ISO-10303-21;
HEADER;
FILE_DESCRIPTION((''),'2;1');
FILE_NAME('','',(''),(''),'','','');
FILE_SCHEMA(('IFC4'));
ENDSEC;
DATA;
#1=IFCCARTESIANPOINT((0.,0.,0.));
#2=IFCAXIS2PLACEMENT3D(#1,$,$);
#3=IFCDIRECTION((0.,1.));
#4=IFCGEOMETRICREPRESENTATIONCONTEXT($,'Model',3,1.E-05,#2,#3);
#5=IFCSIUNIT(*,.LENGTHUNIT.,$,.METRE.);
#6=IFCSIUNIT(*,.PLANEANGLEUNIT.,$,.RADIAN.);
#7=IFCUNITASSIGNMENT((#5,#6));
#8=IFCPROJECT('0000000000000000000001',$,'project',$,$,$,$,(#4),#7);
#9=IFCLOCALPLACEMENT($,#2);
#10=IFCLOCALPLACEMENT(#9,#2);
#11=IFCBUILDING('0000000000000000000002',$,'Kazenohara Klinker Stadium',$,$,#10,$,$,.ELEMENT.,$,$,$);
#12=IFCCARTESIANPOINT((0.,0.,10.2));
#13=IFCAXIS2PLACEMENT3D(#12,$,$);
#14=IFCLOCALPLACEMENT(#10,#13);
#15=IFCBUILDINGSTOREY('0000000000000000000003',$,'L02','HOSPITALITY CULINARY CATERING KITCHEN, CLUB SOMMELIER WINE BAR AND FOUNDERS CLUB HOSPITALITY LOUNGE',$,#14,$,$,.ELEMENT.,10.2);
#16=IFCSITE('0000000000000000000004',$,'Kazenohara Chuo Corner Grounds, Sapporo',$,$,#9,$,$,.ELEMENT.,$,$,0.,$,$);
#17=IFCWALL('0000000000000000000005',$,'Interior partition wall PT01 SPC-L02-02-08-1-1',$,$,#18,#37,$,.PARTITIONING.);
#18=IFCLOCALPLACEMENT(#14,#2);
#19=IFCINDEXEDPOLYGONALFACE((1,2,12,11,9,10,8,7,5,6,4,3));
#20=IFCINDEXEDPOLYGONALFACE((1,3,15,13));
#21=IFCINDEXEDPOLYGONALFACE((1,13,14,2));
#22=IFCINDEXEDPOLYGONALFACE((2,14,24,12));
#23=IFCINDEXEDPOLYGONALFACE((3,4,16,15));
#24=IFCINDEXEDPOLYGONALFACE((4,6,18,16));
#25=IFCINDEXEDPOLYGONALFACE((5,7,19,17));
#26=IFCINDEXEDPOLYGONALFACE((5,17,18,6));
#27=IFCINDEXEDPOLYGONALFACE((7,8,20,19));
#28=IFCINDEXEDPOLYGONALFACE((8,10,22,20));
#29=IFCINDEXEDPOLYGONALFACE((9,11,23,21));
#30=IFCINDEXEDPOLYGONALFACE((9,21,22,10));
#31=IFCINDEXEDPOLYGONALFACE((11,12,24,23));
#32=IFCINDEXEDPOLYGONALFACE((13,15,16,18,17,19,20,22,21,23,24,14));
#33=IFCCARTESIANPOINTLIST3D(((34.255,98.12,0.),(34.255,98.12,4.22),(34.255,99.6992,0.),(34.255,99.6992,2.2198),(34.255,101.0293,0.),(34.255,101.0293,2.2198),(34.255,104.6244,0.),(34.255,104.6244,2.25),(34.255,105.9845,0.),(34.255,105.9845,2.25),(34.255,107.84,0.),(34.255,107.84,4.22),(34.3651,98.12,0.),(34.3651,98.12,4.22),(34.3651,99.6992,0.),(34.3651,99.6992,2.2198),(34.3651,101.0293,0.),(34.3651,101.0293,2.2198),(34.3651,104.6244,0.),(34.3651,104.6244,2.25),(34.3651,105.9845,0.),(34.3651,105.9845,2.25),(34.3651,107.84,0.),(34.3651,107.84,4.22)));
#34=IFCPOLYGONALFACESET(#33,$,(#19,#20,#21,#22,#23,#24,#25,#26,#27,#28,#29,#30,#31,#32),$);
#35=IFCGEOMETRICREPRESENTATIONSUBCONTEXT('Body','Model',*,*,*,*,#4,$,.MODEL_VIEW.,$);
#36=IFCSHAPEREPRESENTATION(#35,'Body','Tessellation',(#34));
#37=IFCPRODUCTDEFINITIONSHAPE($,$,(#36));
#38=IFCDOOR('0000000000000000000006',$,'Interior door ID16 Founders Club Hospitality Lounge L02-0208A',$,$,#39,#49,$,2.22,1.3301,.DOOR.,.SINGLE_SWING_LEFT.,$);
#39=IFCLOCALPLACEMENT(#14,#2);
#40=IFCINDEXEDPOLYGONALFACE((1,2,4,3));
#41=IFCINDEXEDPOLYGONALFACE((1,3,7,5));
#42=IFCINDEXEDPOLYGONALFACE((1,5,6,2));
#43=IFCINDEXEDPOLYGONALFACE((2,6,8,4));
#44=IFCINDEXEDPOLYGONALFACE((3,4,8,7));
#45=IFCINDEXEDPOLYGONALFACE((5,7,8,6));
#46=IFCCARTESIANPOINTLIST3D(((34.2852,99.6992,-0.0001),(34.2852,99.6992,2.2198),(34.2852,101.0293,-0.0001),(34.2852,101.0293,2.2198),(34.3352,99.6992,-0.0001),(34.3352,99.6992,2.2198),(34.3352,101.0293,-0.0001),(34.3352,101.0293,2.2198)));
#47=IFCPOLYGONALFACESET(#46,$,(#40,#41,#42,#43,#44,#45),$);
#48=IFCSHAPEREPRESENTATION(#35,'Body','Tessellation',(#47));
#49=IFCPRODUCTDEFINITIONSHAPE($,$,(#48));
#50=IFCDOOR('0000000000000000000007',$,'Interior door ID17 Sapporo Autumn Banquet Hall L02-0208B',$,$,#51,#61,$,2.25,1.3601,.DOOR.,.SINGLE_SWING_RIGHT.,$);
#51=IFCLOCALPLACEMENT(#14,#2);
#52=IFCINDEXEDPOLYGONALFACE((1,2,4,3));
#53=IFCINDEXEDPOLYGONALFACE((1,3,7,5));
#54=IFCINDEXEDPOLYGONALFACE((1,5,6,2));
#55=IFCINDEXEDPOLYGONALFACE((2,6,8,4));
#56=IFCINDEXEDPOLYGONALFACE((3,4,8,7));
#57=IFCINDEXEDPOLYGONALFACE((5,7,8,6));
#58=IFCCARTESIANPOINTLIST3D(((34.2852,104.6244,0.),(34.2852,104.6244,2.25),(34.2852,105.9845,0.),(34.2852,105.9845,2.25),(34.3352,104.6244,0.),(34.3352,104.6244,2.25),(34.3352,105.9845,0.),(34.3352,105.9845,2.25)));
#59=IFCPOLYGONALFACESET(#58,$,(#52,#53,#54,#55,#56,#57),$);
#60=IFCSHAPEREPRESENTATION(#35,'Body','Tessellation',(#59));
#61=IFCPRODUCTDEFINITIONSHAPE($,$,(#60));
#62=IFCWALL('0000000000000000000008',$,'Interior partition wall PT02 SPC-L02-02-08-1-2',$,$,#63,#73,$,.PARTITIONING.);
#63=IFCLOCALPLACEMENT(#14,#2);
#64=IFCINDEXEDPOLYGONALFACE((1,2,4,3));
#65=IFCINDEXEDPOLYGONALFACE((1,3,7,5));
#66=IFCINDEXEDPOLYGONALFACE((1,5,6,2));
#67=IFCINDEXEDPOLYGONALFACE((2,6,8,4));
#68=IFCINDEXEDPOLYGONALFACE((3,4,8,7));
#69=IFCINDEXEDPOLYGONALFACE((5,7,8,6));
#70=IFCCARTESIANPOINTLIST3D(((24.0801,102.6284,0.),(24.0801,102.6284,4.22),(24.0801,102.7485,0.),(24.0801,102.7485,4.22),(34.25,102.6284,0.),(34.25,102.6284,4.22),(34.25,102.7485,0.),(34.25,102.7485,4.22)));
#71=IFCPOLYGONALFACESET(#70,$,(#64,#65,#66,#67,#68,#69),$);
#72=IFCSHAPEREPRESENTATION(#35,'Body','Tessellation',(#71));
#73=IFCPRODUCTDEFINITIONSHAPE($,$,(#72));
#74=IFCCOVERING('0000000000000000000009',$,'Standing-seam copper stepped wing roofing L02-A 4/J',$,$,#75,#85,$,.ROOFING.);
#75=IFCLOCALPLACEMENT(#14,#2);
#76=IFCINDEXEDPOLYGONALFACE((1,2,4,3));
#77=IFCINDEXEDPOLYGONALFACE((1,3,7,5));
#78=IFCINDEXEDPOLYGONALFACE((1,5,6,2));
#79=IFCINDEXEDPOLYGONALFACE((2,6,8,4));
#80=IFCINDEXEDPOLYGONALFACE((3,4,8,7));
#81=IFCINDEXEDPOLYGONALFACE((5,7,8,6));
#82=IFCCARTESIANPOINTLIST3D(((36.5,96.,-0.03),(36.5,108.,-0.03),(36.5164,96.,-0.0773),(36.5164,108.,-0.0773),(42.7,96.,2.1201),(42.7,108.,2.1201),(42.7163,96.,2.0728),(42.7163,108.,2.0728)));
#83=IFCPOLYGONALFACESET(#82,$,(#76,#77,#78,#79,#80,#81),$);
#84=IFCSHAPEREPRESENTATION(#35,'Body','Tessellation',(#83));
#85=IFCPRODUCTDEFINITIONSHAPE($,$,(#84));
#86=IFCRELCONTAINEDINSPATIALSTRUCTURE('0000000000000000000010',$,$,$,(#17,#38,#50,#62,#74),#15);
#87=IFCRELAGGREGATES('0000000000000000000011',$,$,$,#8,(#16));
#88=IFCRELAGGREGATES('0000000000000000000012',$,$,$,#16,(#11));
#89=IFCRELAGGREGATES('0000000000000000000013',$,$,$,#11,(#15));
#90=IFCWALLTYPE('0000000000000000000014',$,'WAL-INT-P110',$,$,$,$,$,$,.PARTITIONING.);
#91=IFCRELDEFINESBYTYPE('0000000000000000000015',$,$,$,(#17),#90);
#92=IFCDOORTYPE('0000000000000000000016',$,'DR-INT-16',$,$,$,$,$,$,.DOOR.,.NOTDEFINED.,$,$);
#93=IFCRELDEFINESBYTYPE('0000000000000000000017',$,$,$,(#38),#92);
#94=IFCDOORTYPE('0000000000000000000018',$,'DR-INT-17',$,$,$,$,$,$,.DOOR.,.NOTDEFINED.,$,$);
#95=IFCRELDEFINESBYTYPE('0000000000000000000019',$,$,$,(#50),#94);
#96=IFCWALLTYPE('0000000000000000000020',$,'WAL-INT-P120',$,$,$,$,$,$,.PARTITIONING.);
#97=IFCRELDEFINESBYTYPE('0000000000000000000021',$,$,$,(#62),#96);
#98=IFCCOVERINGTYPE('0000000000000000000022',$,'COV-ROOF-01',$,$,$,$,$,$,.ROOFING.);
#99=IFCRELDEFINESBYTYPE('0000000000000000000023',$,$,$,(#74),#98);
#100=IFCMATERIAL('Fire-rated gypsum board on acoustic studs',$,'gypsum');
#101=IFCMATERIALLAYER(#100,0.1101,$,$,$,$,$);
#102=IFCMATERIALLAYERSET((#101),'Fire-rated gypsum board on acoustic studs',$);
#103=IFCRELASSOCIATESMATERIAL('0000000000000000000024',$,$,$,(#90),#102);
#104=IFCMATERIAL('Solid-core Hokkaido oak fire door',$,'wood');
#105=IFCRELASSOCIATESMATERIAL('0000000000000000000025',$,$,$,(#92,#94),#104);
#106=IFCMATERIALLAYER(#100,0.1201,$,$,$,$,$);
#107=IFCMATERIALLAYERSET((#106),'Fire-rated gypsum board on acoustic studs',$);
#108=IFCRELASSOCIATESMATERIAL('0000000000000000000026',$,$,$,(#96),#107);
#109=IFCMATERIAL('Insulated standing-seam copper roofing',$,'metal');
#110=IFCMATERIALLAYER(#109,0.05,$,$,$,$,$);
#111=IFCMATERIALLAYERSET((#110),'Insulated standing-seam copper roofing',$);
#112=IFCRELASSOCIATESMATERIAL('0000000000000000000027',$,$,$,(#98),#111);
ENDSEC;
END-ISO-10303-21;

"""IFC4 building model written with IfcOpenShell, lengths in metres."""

from ifc_helpers import new_model, si_unit, direction, frame, frame_2d, origin, place, context, subcontext, project, spatial, polyline, rectangle, outline, extrude, material, layer, layer_set, type_object, element, fill, save


model = new_model("IFC4")

# Units and contexts
model_context = context("Model", 3, precision=1e-05, world=origin(), true_north=direction((0.0, 1.0)))
body_context = subcontext(model_context, "Body", "Model", "MODEL_VIEW")
ifc_project = project(units=[si_unit("LENGTHUNIT", "METRE"), si_unit("PLANEANGLEUNIT", "RADIAN")], contexts=[model_context])

# Site, building, storey
site_placement = place(None, origin())
site = spatial("IfcSite", under=ifc_project, at=site_placement, Name="Kazenohara Chuo Corner Grounds, Sapporo", CompositionType="ELEMENT", RefElevation=0.0)
building_placement = place(site_placement, origin())
building = spatial("IfcBuilding", under=site, at=building_placement, Name="Kazenohara Klinker Stadium", CompositionType="ELEMENT")
storey_placement = place(building_placement, frame((0.0, 0.0, 10.2)))
storey = spatial("IfcBuildingStorey", under=building, at=storey_placement, Name="L02", Description="HOSPITALITY CULINARY CATERING KITCHEN, CLUB SOMMELIER WINE BAR AND FOUNDERS CLUB HOSPITALITY LOUNGE", CompositionType="ELEMENT", Elevation=10.2)

# Wall, openings, doors
ifc_material_1 = material(Name="Fire-rated gypsum board on acoustic studs", Category="gypsum")
ifc_layer_1 = layer(ifc_material_1, 0.1101)
ifc_layer_set_1 = layer_set([ifc_layer_1], Name="Fire-rated gypsum board on acoustic studs")
wall_type_1 = type_object("IfcWallType", Name="WAL-INT-P110", PredefinedType="PARTITIONING", material=ifc_layer_set_1)
wall_1_placement = place(storey_placement, frame((34.3101, 98.1201, 0.0), z_axis=(0.0, 0.0, 1.0), x_axis=(0.0, 1.0, 0.0)))
wall_1 = element("IfcWall", 1, at=wall_1_placement, inside=storey, type_object=wall_type_1, Name="Interior partition wall PT01 SPC-L02-02-08-1-1", PredefinedType="PARTITIONING", context=body_context, shape_type="SweptSolid", body=[
    extrude(rectangle(XDim=9.72, YDim=0.1101, at=frame_2d((4.8599, 0.0))), origin(), (0.0, 0.0, 1.0), 4.22),
])
opening_1_placement = place(wall_1_placement, frame((1.5791, 0.0, 0.0)))
opening_1 = element("IfcOpeningElement", 2, at=opening_1_placement, cuts=wall_1, PredefinedType="OPENING", context=body_context, shape_type="SweptSolid", body=[
    extrude(rectangle(XDim=1.3301, YDim=2.22, at=frame_2d((0.665, 1.1099))), frame((0.0, 0.0649, 0.0), z_axis=(0.0, -1.0, 0.0), x_axis=(1.0, 0.0, 0.0)), (0.0, 0.0, 1.0), 0.1301),
])
opening_2_placement = place(wall_1_placement, frame((6.5042, 0.0, 0.0)))
opening_2 = element("IfcOpeningElement", 3, at=opening_2_placement, cuts=wall_1, PredefinedType="OPENING", context=body_context, shape_type="SweptSolid", body=[
    extrude(rectangle(XDim=1.3601, YDim=2.25, at=frame_2d((0.6802, 1.125))), frame((0.0, 0.0649, 0.0), z_axis=(0.0, -1.0, 0.0), x_axis=(1.0, 0.0, 0.0)), (0.0, 0.0, 1.0), 0.1301),
])
ifc_material_2 = material(Name="Solid-core Hokkaido oak fire door", Category="wood")
door_type_1 = type_object("IfcDoorType", Name="DR-INT-16", OperationType="NOTDEFINED", PredefinedType="DOOR", material=ifc_material_2)
door_1_placement = place(opening_1_placement, origin())
door_1 = element("IfcDoor", 4, at=door_1_placement, inside=storey, type_object=door_type_1, Name="Interior door ID16 Founders Club Hospitality Lounge L02-0208A", OperationType="SINGLE_SWING_LEFT", OverallHeight=2.22, OverallWidth=1.3301, PredefinedType="DOOR", context=body_context, shape_type="SweptSolid", body=[
    extrude(rectangle(XDim=1.3301, YDim=2.22, at=frame_2d((0.665, 1.1099))), frame((0.0, 0.0249, 0.0), z_axis=(0.0, -1.0, 0.0), x_axis=(1.0, 0.0, 0.0)), (0.0, 0.0, 1.0), 0.05),
])
fill(opening_1, door_1)
door_type_2 = type_object("IfcDoorType", Name="DR-INT-17", OperationType="NOTDEFINED", PredefinedType="DOOR", material=ifc_material_2)
door_2_placement = place(opening_2_placement, origin())
door_2 = element("IfcDoor", 5, at=door_2_placement, inside=storey, type_object=door_type_2, Name="Interior door ID17 Sapporo Autumn Banquet Hall L02-0208B", OperationType="SINGLE_SWING_RIGHT", OverallHeight=2.25, OverallWidth=1.3601, PredefinedType="DOOR", context=body_context, shape_type="SweptSolid", body=[
    extrude(rectangle(XDim=1.3601, YDim=2.25, at=frame_2d((0.6802, 1.125))), frame((0.0, 0.0249, 0.0), z_axis=(0.0, -1.0, 0.0), x_axis=(1.0, 0.0, 0.0)), (0.0, 0.0, 1.0), 0.05),
])
fill(opening_2, door_2)

# Wall
ifc_layer_2 = layer(ifc_material_1, 0.1201)
ifc_layer_set_2 = layer_set([ifc_layer_2], Name="Fire-rated gypsum board on acoustic studs")
wall_type_2 = type_object("IfcWallType", Name="WAL-INT-P120", PredefinedType="PARTITIONING", material=ifc_layer_set_2)
wall_2_placement = place(storey_placement, frame((24.0801, 102.6885, 0.0), z_axis=(0.0, 0.0, 1.0), x_axis=(1.0, 0.0, 0.0)))
element("IfcWall", 6, at=wall_2_placement, inside=storey, type_object=wall_type_2, Name="Interior partition wall PT02 SPC-L02-02-08-1-2", PredefinedType="PARTITIONING", context=body_context, shape_type="SweptSolid", body=[
    extrude(rectangle(XDim=10.1699, YDim=0.1201, at=frame_2d((5.085, 0.0))), origin(), (0.0, 0.0, 1.0), 4.22),
])

# Covering
ifc_material_3 = material(Name="Insulated standing-seam copper roofing", Category="metal")
ifc_layer_3 = layer(ifc_material_3, 0.05)
ifc_layer_set_3 = layer_set([ifc_layer_3], Name="Insulated standing-seam copper roofing")
covering_type = type_object("IfcCoveringType", Name="COV-ROOF-01", PredefinedType="ROOFING", material=ifc_layer_set_3)
covering_placement = place(storey_placement, frame((36.5, 96.0, -0.03), z_axis=(-0.327656, 0.0, 0.944797), x_axis=(0.944797, 0.0, 0.327656)))
element("IfcCovering", 7, at=covering_placement, inside=storey, type_object=covering_type, Name="Standing-seam copper stepped wing roofing L02-A 4/J", PredefinedType="ROOFING", context=body_context, shape_type="SweptSolid", body=[
    extrude(outline(polyline([(0.0, 0.0), (6.5622, 0.0), (6.5622, 12.0), (0.0, 12.0), (0.0, 0.0)])), origin(), (0.0, 0.0, -1.0), 0.05),
])

save(model, "model.ifc")
